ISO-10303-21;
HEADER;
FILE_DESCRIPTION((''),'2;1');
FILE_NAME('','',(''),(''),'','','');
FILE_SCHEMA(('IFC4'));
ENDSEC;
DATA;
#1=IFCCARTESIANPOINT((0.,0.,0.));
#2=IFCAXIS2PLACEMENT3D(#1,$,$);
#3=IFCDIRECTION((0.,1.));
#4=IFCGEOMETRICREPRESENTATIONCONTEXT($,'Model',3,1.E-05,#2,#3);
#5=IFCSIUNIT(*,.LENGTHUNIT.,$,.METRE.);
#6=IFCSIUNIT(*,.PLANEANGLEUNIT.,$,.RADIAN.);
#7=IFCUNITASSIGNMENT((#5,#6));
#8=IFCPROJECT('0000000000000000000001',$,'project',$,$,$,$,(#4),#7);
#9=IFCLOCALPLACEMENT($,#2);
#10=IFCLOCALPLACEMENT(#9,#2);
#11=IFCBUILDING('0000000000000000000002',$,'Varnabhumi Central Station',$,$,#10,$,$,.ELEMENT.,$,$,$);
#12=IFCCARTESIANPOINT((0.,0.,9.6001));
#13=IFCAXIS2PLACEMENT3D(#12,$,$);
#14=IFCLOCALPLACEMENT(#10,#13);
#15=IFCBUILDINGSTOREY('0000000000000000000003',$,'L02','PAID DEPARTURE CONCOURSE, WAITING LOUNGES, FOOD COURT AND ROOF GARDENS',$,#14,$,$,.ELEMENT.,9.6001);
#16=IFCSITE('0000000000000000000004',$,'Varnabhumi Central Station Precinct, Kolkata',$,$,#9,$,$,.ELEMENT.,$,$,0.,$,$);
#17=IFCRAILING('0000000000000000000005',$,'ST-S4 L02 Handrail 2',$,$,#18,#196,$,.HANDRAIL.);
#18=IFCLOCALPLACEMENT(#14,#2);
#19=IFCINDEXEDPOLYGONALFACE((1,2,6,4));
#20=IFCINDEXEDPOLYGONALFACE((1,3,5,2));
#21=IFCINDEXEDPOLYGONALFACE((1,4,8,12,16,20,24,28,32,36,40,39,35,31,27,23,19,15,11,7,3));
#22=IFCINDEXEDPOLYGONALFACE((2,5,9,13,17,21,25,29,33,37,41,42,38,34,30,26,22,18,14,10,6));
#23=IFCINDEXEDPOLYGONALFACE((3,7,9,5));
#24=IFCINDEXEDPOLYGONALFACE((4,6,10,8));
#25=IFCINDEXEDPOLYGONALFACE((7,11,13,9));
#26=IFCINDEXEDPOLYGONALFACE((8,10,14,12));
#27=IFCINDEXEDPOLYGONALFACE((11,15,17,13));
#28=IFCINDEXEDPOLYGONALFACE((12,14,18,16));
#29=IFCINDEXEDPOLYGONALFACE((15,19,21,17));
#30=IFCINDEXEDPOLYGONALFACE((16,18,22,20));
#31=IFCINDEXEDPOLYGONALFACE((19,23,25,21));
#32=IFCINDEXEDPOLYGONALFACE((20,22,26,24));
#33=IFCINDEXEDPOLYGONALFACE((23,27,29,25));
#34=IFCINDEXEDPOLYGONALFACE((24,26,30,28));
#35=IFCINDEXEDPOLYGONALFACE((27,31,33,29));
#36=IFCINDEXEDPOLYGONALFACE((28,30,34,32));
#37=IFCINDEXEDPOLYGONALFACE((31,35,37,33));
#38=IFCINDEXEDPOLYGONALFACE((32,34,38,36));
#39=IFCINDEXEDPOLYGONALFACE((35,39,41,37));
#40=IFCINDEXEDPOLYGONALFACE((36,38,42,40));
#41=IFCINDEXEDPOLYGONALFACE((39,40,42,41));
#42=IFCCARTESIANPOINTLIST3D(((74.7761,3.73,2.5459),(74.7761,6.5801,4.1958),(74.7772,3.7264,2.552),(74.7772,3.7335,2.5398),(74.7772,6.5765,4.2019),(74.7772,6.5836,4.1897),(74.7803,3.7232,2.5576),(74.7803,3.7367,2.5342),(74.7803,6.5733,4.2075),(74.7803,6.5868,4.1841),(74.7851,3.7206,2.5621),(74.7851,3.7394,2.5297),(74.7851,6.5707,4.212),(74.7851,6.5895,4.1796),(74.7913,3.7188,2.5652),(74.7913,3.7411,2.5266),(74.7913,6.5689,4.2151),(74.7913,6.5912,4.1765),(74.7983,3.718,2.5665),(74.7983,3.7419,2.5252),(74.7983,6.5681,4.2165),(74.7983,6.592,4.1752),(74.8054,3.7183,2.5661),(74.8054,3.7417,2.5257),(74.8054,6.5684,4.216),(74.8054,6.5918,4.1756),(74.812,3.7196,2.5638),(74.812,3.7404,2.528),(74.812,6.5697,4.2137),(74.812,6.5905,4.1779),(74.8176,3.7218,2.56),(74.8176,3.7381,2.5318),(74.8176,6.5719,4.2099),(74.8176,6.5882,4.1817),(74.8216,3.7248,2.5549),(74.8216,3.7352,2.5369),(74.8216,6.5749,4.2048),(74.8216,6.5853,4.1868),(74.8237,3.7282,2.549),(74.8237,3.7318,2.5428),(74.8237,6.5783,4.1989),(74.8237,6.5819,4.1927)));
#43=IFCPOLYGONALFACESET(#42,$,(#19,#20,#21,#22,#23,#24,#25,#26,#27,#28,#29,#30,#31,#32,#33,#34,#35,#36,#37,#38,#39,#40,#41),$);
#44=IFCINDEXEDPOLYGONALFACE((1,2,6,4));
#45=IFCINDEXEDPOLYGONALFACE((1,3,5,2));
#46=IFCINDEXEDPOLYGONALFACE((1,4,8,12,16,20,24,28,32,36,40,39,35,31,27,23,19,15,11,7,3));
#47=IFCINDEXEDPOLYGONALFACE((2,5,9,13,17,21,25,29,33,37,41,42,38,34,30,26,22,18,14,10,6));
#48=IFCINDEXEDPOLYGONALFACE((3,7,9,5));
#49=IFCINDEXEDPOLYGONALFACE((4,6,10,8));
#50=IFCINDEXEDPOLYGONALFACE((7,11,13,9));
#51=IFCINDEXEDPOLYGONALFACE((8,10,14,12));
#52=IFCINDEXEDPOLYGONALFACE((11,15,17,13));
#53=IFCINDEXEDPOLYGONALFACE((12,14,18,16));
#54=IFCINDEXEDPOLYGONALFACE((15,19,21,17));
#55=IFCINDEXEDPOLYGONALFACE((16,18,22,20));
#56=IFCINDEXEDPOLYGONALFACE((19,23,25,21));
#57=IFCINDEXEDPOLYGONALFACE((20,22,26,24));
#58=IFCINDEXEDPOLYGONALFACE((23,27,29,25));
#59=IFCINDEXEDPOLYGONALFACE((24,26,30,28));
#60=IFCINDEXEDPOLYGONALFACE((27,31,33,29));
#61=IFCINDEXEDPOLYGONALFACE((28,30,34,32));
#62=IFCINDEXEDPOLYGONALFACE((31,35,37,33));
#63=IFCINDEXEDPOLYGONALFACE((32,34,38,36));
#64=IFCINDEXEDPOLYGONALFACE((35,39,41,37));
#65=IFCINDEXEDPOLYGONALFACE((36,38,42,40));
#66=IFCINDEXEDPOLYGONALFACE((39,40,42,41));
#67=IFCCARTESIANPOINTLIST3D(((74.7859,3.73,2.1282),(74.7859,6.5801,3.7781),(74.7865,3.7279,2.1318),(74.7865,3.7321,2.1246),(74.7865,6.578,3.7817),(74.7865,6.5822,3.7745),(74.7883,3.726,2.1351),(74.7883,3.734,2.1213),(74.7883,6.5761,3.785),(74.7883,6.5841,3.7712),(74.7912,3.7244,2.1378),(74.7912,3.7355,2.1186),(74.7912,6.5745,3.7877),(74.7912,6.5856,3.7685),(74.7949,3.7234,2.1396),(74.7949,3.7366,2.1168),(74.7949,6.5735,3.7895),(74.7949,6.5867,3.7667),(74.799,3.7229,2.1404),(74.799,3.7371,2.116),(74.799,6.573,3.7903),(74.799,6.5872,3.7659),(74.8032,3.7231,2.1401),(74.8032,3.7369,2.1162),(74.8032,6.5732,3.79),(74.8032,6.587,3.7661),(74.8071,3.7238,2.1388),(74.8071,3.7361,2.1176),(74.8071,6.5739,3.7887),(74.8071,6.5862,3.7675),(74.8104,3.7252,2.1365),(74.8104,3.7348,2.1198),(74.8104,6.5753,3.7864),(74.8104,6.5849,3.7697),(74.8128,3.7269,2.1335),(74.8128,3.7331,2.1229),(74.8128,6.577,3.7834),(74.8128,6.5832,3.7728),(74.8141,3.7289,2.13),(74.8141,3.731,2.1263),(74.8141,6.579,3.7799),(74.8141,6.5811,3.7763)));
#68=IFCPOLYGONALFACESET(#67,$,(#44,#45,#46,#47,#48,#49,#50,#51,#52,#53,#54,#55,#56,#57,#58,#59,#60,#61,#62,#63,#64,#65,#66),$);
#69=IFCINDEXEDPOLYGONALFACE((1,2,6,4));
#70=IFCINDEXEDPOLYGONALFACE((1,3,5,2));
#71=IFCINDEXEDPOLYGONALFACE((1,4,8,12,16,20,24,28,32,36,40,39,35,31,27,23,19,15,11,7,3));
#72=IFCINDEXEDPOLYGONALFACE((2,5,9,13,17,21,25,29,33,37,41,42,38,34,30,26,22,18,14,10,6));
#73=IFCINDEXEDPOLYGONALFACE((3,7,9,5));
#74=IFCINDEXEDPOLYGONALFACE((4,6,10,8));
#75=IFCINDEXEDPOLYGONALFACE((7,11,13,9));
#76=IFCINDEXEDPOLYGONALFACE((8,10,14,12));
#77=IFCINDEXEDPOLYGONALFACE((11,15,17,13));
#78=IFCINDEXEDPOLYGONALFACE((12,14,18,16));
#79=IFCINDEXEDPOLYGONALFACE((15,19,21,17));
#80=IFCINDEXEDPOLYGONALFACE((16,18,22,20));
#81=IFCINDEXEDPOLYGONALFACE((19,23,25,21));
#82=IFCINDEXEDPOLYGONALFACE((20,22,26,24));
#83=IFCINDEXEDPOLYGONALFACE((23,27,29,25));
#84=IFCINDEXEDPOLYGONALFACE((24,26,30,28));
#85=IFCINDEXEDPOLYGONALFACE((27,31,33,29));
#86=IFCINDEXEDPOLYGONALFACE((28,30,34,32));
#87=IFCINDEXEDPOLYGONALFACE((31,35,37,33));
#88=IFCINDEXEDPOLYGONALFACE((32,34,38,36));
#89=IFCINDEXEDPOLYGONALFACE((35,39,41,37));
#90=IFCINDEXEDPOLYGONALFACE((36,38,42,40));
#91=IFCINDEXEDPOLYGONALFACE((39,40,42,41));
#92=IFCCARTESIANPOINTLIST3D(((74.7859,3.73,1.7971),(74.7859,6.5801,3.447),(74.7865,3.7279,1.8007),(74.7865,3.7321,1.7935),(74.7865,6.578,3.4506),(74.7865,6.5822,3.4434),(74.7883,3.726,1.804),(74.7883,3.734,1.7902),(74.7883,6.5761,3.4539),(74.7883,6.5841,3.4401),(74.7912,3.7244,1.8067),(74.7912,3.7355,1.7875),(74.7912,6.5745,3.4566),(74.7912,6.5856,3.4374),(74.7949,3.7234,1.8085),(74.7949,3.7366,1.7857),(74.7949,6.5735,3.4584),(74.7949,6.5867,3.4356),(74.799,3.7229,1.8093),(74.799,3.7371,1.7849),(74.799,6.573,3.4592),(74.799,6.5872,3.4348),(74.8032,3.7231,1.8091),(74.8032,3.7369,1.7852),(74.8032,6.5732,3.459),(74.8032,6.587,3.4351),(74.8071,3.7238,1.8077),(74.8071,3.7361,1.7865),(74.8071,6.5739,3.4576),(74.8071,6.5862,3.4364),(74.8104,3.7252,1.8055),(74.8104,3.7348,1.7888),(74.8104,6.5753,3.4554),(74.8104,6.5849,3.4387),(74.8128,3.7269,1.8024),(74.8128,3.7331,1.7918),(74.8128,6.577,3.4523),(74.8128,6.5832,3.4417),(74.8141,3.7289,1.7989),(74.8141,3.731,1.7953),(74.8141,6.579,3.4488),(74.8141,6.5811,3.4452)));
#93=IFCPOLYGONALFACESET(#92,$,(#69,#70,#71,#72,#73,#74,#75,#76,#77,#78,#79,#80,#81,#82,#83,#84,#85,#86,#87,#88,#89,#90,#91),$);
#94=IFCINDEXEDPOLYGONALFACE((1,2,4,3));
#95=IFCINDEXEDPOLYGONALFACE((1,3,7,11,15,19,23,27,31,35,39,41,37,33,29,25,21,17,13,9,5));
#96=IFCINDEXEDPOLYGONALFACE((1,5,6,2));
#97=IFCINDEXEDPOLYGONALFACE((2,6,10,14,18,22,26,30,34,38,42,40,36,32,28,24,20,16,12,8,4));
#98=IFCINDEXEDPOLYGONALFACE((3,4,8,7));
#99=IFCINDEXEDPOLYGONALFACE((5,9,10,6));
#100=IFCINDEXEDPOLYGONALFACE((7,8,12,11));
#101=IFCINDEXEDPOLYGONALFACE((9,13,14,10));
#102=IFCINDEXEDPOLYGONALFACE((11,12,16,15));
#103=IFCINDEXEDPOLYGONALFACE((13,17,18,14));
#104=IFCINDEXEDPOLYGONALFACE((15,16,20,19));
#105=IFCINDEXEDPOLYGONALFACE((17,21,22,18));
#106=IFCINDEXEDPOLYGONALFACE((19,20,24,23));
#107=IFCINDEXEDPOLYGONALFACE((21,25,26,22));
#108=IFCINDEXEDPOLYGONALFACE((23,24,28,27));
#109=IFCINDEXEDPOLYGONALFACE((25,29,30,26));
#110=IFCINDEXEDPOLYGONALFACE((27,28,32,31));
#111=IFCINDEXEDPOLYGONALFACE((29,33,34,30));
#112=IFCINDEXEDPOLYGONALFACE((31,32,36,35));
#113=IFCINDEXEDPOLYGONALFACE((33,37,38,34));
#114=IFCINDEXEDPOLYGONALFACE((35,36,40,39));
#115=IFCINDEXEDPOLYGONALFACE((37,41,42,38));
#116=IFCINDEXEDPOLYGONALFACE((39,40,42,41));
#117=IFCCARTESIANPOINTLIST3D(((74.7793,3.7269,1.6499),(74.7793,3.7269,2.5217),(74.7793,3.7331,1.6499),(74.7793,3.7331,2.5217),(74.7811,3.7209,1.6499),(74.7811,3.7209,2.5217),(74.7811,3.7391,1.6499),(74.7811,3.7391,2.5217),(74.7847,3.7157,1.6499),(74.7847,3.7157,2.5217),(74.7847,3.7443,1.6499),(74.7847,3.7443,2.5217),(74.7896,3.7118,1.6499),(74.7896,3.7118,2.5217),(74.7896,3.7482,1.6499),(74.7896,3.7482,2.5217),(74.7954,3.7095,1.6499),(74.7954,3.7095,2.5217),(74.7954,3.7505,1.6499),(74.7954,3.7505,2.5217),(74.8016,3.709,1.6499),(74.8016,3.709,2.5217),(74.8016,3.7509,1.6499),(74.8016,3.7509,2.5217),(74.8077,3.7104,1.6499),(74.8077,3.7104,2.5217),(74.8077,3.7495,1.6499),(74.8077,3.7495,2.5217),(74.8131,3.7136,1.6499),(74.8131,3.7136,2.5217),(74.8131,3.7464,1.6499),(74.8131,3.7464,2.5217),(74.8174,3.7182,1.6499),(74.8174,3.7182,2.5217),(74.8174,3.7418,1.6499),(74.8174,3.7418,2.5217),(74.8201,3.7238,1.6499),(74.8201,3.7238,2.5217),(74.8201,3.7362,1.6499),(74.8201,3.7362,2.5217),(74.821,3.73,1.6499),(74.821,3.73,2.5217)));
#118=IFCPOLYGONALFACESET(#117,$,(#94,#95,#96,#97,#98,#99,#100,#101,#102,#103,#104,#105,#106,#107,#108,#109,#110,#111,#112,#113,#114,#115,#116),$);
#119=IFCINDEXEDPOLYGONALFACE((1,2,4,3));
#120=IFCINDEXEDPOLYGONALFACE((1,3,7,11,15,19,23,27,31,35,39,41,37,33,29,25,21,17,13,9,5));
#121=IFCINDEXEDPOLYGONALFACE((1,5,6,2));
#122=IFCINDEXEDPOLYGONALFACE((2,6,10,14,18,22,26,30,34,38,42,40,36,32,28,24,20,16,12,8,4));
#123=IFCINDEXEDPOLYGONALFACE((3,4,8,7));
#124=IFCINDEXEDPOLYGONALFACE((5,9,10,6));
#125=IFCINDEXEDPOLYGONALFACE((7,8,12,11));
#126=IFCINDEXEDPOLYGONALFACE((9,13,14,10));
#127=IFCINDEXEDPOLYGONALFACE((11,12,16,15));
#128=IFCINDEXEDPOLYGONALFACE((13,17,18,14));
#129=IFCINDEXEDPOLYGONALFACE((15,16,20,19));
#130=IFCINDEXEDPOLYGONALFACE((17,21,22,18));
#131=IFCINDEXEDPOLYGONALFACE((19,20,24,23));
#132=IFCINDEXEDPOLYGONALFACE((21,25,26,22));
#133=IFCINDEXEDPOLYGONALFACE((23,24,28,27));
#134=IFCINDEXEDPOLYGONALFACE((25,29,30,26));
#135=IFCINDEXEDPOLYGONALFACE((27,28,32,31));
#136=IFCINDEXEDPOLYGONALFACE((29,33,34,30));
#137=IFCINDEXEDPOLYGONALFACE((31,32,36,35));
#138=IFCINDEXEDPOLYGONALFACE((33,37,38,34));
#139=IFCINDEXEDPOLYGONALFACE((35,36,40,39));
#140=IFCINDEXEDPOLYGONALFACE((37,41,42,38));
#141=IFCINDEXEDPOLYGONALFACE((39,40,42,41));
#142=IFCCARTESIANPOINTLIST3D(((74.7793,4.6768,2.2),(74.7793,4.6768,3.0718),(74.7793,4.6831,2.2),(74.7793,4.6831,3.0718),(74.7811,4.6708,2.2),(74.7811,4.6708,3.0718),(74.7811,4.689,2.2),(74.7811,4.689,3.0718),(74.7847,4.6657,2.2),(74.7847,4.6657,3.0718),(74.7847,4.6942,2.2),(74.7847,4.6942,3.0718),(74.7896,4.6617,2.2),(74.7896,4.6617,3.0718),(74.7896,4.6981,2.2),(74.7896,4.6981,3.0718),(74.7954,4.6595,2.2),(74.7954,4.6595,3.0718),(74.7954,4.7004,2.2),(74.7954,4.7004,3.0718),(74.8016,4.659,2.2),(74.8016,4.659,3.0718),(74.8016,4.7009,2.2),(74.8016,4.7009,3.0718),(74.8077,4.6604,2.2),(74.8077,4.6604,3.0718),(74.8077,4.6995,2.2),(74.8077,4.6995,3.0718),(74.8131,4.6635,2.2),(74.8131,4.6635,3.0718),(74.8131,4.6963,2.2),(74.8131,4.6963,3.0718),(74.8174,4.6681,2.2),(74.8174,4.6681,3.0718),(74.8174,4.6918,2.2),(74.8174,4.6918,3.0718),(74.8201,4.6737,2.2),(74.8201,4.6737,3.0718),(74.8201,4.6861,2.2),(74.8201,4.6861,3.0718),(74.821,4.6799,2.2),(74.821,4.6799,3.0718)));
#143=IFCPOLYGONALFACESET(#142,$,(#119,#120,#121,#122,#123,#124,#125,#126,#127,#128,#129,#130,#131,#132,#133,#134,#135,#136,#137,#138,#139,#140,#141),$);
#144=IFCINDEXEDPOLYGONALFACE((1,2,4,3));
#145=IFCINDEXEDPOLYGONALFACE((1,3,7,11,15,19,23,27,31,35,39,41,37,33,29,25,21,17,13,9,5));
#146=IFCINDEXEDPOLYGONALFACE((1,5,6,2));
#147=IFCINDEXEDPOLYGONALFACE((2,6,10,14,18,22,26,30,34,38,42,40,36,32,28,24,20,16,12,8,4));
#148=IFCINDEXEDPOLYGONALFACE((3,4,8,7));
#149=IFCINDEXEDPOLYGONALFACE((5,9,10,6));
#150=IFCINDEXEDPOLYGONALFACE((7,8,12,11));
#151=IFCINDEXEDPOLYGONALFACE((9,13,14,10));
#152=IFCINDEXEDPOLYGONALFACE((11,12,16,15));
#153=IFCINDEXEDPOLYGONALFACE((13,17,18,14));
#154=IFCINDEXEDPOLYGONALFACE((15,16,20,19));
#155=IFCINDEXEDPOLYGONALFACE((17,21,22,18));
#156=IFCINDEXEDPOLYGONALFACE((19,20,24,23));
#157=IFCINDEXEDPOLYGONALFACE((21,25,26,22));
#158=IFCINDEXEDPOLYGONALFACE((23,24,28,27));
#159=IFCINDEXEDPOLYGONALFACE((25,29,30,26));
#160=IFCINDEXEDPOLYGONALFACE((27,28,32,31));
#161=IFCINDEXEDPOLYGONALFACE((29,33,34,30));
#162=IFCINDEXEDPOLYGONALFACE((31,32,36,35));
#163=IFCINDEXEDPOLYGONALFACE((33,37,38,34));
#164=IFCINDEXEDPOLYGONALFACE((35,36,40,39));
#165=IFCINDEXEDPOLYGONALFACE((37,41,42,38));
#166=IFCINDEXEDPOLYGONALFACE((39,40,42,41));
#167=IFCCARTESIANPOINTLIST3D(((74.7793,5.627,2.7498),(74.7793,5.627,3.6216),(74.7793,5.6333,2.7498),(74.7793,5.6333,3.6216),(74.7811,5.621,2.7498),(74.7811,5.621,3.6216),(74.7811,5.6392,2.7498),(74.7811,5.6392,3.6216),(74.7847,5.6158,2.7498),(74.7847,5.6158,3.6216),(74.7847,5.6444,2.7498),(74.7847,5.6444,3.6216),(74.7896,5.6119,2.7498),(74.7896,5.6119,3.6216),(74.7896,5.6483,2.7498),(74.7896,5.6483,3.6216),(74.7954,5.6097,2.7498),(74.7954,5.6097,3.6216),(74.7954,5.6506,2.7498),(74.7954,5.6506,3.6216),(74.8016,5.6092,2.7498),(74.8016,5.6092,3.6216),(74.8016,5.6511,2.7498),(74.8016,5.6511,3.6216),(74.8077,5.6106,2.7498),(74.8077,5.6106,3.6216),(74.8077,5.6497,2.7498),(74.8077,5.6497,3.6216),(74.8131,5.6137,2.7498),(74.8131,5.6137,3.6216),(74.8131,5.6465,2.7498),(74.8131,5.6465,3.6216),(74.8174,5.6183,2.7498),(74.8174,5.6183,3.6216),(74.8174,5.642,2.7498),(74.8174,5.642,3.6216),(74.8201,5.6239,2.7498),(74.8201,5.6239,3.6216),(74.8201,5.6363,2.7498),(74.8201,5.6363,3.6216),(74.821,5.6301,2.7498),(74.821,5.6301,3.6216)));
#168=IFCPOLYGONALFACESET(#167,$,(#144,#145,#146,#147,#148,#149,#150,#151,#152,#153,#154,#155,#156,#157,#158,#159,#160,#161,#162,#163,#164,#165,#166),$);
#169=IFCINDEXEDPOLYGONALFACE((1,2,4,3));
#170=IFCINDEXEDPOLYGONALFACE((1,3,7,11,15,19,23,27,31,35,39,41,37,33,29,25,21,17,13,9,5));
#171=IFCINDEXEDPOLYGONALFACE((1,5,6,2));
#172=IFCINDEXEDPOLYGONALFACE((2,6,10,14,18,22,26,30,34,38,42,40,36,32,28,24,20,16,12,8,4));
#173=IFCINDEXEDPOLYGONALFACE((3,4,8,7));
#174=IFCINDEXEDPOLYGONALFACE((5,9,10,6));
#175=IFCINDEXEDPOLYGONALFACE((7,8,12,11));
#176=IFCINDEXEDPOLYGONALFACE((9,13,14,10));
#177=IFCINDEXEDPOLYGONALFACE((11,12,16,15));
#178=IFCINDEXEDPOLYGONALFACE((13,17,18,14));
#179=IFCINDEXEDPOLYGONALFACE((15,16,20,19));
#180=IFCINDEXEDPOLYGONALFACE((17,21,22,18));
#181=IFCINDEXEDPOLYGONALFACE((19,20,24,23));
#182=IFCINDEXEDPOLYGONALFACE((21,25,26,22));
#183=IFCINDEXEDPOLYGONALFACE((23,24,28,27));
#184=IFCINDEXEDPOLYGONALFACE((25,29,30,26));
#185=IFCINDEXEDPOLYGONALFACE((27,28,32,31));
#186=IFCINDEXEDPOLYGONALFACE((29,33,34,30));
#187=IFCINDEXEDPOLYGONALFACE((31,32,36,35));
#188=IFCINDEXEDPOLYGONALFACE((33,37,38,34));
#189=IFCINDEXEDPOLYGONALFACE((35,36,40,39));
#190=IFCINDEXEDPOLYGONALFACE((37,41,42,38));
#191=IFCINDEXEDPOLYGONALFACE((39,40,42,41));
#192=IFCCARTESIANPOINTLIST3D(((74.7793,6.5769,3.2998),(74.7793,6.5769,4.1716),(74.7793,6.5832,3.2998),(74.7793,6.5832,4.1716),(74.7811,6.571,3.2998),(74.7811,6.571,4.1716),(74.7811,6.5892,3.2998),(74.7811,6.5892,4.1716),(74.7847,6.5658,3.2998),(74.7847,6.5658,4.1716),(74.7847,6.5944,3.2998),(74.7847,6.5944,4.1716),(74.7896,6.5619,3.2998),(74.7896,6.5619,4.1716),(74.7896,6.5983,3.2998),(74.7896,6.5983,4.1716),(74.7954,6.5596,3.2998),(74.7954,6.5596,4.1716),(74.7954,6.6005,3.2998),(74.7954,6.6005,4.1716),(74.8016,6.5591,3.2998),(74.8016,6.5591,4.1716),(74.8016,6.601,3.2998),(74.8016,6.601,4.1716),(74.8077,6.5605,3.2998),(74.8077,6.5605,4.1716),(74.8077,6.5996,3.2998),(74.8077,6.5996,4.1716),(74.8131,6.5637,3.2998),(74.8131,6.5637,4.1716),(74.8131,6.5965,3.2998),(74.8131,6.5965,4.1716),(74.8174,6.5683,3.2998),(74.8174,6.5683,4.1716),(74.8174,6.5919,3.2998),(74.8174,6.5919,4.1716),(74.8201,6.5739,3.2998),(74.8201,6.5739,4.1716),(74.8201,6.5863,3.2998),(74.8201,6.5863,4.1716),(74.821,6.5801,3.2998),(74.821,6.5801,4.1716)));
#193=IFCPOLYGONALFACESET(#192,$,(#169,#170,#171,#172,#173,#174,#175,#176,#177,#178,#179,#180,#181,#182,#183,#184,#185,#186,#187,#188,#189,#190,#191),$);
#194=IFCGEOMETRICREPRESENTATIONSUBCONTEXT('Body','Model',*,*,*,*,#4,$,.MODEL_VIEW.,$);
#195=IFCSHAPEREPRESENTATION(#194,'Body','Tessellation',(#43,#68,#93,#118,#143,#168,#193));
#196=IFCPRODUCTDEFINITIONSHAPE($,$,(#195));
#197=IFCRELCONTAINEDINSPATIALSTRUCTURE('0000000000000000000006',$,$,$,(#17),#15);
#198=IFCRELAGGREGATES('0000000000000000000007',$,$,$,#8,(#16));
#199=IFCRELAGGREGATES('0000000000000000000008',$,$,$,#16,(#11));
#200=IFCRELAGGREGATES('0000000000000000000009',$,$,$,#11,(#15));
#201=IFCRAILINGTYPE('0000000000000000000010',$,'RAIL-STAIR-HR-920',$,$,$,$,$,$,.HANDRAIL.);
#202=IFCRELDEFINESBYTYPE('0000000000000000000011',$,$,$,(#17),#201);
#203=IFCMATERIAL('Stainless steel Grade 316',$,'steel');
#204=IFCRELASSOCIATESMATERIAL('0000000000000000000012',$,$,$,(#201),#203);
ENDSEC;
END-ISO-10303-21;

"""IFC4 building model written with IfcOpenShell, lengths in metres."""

from ifc_helpers import new_model, si_unit, direction, frame, origin, origin_2d, place, context, subcontext, project, spatial, circle, extrude, material, type_object, element, save


model = new_model("IFC4")

# Units and contexts
model_context = context("Model", 3, precision=1e-05, world=origin(), true_north=direction((0.0, 1.0)))
body_context = subcontext(model_context, "Body", "Model", "MODEL_VIEW")
ifc_project = project(units=[si_unit("LENGTHUNIT", "METRE"), si_unit("PLANEANGLEUNIT", "RADIAN")], contexts=[model_context])

# Site, building, storey
site_placement = place(None, origin())
site = spatial("IfcSite", under=ifc_project, at=site_placement, Name="Varnabhumi Central Station Precinct, Kolkata", CompositionType="ELEMENT", RefElevation=0.0)
building_placement = place(site_placement, origin())
building = spatial("IfcBuilding", under=site, at=building_placement, Name="Varnabhumi Central Station", CompositionType="ELEMENT")
storey_placement = place(building_placement, frame((0.0, 0.0, 9.6001)))
storey = spatial("IfcBuildingStorey", under=building, at=storey_placement, Name="L02", Description="PAID DEPARTURE CONCOURSE, WAITING LOUNGES, FOOD COURT AND ROOF GARDENS", CompositionType="ELEMENT", Elevation=9.6001)

# Shared definitions
ifc_material_1 = material(Name="Stainless steel Grade 316", Category="steel")

# Railing
railing_type_1 = type_object("IfcRailingType", Name="RAIL-STAIR-HR-920", PredefinedType="HANDRAIL", material=ifc_material_1)
for number, where, name in (
    (1, (74.8, 3.73, 1.6499), "ST-S4 L02 Handrail 2"),
):
    element("IfcRailing", number, at=place(storey_placement, frame(where)), inside=storey, type_object=railing_type_1, Name=name, PredefinedType="HANDRAIL", context=body_context, shape_type="SweptSolid", body=[
        extrude(circle(Radius=0.0239, at=origin_2d()), frame((0.0, 0.0, 0.896), z_axis=(0.0, 0.865447, 0.501001), x_axis=(-1.0, 0.0, 0.0)), (0.0, 0.0, 1.0), 3.2932),
        extrude(circle(Radius=0.0142, at=origin_2d()), frame((0.0, 0.0, 0.4783), z_axis=(0.0, 0.865447, 0.501001), x_axis=(-1.0, 0.0, 0.0)), (0.0, 0.0, 1.0), 3.2932),
        extrude(circle(Radius=0.0142, at=origin_2d()), frame((0.0, 0.0, 0.1472), z_axis=(0.0, 0.865447, 0.501001), x_axis=(-1.0, 0.0, 0.0)), (0.0, 0.0, 1.0), 3.2932),
        extrude(circle(Radius=0.021, at=origin_2d()), origin(), (0.0, 0.0, 1.0), 0.8718),
        extrude(circle(Radius=0.021, at=origin_2d()), frame((0.0, 0.95, 0.55)), (0.0, 0.0, 1.0), 0.8718),
        extrude(circle(Radius=0.021, at=origin_2d()), frame((0.0, 1.9001, 1.0999)), (0.0, 0.0, 1.0), 0.8718),
        extrude(circle(Radius=0.021, at=origin_2d()), frame((0.0, 2.8501, 1.6499)), (0.0, 0.0, 1.0), 0.8718),
    ])

save(model, "model.ifc")
